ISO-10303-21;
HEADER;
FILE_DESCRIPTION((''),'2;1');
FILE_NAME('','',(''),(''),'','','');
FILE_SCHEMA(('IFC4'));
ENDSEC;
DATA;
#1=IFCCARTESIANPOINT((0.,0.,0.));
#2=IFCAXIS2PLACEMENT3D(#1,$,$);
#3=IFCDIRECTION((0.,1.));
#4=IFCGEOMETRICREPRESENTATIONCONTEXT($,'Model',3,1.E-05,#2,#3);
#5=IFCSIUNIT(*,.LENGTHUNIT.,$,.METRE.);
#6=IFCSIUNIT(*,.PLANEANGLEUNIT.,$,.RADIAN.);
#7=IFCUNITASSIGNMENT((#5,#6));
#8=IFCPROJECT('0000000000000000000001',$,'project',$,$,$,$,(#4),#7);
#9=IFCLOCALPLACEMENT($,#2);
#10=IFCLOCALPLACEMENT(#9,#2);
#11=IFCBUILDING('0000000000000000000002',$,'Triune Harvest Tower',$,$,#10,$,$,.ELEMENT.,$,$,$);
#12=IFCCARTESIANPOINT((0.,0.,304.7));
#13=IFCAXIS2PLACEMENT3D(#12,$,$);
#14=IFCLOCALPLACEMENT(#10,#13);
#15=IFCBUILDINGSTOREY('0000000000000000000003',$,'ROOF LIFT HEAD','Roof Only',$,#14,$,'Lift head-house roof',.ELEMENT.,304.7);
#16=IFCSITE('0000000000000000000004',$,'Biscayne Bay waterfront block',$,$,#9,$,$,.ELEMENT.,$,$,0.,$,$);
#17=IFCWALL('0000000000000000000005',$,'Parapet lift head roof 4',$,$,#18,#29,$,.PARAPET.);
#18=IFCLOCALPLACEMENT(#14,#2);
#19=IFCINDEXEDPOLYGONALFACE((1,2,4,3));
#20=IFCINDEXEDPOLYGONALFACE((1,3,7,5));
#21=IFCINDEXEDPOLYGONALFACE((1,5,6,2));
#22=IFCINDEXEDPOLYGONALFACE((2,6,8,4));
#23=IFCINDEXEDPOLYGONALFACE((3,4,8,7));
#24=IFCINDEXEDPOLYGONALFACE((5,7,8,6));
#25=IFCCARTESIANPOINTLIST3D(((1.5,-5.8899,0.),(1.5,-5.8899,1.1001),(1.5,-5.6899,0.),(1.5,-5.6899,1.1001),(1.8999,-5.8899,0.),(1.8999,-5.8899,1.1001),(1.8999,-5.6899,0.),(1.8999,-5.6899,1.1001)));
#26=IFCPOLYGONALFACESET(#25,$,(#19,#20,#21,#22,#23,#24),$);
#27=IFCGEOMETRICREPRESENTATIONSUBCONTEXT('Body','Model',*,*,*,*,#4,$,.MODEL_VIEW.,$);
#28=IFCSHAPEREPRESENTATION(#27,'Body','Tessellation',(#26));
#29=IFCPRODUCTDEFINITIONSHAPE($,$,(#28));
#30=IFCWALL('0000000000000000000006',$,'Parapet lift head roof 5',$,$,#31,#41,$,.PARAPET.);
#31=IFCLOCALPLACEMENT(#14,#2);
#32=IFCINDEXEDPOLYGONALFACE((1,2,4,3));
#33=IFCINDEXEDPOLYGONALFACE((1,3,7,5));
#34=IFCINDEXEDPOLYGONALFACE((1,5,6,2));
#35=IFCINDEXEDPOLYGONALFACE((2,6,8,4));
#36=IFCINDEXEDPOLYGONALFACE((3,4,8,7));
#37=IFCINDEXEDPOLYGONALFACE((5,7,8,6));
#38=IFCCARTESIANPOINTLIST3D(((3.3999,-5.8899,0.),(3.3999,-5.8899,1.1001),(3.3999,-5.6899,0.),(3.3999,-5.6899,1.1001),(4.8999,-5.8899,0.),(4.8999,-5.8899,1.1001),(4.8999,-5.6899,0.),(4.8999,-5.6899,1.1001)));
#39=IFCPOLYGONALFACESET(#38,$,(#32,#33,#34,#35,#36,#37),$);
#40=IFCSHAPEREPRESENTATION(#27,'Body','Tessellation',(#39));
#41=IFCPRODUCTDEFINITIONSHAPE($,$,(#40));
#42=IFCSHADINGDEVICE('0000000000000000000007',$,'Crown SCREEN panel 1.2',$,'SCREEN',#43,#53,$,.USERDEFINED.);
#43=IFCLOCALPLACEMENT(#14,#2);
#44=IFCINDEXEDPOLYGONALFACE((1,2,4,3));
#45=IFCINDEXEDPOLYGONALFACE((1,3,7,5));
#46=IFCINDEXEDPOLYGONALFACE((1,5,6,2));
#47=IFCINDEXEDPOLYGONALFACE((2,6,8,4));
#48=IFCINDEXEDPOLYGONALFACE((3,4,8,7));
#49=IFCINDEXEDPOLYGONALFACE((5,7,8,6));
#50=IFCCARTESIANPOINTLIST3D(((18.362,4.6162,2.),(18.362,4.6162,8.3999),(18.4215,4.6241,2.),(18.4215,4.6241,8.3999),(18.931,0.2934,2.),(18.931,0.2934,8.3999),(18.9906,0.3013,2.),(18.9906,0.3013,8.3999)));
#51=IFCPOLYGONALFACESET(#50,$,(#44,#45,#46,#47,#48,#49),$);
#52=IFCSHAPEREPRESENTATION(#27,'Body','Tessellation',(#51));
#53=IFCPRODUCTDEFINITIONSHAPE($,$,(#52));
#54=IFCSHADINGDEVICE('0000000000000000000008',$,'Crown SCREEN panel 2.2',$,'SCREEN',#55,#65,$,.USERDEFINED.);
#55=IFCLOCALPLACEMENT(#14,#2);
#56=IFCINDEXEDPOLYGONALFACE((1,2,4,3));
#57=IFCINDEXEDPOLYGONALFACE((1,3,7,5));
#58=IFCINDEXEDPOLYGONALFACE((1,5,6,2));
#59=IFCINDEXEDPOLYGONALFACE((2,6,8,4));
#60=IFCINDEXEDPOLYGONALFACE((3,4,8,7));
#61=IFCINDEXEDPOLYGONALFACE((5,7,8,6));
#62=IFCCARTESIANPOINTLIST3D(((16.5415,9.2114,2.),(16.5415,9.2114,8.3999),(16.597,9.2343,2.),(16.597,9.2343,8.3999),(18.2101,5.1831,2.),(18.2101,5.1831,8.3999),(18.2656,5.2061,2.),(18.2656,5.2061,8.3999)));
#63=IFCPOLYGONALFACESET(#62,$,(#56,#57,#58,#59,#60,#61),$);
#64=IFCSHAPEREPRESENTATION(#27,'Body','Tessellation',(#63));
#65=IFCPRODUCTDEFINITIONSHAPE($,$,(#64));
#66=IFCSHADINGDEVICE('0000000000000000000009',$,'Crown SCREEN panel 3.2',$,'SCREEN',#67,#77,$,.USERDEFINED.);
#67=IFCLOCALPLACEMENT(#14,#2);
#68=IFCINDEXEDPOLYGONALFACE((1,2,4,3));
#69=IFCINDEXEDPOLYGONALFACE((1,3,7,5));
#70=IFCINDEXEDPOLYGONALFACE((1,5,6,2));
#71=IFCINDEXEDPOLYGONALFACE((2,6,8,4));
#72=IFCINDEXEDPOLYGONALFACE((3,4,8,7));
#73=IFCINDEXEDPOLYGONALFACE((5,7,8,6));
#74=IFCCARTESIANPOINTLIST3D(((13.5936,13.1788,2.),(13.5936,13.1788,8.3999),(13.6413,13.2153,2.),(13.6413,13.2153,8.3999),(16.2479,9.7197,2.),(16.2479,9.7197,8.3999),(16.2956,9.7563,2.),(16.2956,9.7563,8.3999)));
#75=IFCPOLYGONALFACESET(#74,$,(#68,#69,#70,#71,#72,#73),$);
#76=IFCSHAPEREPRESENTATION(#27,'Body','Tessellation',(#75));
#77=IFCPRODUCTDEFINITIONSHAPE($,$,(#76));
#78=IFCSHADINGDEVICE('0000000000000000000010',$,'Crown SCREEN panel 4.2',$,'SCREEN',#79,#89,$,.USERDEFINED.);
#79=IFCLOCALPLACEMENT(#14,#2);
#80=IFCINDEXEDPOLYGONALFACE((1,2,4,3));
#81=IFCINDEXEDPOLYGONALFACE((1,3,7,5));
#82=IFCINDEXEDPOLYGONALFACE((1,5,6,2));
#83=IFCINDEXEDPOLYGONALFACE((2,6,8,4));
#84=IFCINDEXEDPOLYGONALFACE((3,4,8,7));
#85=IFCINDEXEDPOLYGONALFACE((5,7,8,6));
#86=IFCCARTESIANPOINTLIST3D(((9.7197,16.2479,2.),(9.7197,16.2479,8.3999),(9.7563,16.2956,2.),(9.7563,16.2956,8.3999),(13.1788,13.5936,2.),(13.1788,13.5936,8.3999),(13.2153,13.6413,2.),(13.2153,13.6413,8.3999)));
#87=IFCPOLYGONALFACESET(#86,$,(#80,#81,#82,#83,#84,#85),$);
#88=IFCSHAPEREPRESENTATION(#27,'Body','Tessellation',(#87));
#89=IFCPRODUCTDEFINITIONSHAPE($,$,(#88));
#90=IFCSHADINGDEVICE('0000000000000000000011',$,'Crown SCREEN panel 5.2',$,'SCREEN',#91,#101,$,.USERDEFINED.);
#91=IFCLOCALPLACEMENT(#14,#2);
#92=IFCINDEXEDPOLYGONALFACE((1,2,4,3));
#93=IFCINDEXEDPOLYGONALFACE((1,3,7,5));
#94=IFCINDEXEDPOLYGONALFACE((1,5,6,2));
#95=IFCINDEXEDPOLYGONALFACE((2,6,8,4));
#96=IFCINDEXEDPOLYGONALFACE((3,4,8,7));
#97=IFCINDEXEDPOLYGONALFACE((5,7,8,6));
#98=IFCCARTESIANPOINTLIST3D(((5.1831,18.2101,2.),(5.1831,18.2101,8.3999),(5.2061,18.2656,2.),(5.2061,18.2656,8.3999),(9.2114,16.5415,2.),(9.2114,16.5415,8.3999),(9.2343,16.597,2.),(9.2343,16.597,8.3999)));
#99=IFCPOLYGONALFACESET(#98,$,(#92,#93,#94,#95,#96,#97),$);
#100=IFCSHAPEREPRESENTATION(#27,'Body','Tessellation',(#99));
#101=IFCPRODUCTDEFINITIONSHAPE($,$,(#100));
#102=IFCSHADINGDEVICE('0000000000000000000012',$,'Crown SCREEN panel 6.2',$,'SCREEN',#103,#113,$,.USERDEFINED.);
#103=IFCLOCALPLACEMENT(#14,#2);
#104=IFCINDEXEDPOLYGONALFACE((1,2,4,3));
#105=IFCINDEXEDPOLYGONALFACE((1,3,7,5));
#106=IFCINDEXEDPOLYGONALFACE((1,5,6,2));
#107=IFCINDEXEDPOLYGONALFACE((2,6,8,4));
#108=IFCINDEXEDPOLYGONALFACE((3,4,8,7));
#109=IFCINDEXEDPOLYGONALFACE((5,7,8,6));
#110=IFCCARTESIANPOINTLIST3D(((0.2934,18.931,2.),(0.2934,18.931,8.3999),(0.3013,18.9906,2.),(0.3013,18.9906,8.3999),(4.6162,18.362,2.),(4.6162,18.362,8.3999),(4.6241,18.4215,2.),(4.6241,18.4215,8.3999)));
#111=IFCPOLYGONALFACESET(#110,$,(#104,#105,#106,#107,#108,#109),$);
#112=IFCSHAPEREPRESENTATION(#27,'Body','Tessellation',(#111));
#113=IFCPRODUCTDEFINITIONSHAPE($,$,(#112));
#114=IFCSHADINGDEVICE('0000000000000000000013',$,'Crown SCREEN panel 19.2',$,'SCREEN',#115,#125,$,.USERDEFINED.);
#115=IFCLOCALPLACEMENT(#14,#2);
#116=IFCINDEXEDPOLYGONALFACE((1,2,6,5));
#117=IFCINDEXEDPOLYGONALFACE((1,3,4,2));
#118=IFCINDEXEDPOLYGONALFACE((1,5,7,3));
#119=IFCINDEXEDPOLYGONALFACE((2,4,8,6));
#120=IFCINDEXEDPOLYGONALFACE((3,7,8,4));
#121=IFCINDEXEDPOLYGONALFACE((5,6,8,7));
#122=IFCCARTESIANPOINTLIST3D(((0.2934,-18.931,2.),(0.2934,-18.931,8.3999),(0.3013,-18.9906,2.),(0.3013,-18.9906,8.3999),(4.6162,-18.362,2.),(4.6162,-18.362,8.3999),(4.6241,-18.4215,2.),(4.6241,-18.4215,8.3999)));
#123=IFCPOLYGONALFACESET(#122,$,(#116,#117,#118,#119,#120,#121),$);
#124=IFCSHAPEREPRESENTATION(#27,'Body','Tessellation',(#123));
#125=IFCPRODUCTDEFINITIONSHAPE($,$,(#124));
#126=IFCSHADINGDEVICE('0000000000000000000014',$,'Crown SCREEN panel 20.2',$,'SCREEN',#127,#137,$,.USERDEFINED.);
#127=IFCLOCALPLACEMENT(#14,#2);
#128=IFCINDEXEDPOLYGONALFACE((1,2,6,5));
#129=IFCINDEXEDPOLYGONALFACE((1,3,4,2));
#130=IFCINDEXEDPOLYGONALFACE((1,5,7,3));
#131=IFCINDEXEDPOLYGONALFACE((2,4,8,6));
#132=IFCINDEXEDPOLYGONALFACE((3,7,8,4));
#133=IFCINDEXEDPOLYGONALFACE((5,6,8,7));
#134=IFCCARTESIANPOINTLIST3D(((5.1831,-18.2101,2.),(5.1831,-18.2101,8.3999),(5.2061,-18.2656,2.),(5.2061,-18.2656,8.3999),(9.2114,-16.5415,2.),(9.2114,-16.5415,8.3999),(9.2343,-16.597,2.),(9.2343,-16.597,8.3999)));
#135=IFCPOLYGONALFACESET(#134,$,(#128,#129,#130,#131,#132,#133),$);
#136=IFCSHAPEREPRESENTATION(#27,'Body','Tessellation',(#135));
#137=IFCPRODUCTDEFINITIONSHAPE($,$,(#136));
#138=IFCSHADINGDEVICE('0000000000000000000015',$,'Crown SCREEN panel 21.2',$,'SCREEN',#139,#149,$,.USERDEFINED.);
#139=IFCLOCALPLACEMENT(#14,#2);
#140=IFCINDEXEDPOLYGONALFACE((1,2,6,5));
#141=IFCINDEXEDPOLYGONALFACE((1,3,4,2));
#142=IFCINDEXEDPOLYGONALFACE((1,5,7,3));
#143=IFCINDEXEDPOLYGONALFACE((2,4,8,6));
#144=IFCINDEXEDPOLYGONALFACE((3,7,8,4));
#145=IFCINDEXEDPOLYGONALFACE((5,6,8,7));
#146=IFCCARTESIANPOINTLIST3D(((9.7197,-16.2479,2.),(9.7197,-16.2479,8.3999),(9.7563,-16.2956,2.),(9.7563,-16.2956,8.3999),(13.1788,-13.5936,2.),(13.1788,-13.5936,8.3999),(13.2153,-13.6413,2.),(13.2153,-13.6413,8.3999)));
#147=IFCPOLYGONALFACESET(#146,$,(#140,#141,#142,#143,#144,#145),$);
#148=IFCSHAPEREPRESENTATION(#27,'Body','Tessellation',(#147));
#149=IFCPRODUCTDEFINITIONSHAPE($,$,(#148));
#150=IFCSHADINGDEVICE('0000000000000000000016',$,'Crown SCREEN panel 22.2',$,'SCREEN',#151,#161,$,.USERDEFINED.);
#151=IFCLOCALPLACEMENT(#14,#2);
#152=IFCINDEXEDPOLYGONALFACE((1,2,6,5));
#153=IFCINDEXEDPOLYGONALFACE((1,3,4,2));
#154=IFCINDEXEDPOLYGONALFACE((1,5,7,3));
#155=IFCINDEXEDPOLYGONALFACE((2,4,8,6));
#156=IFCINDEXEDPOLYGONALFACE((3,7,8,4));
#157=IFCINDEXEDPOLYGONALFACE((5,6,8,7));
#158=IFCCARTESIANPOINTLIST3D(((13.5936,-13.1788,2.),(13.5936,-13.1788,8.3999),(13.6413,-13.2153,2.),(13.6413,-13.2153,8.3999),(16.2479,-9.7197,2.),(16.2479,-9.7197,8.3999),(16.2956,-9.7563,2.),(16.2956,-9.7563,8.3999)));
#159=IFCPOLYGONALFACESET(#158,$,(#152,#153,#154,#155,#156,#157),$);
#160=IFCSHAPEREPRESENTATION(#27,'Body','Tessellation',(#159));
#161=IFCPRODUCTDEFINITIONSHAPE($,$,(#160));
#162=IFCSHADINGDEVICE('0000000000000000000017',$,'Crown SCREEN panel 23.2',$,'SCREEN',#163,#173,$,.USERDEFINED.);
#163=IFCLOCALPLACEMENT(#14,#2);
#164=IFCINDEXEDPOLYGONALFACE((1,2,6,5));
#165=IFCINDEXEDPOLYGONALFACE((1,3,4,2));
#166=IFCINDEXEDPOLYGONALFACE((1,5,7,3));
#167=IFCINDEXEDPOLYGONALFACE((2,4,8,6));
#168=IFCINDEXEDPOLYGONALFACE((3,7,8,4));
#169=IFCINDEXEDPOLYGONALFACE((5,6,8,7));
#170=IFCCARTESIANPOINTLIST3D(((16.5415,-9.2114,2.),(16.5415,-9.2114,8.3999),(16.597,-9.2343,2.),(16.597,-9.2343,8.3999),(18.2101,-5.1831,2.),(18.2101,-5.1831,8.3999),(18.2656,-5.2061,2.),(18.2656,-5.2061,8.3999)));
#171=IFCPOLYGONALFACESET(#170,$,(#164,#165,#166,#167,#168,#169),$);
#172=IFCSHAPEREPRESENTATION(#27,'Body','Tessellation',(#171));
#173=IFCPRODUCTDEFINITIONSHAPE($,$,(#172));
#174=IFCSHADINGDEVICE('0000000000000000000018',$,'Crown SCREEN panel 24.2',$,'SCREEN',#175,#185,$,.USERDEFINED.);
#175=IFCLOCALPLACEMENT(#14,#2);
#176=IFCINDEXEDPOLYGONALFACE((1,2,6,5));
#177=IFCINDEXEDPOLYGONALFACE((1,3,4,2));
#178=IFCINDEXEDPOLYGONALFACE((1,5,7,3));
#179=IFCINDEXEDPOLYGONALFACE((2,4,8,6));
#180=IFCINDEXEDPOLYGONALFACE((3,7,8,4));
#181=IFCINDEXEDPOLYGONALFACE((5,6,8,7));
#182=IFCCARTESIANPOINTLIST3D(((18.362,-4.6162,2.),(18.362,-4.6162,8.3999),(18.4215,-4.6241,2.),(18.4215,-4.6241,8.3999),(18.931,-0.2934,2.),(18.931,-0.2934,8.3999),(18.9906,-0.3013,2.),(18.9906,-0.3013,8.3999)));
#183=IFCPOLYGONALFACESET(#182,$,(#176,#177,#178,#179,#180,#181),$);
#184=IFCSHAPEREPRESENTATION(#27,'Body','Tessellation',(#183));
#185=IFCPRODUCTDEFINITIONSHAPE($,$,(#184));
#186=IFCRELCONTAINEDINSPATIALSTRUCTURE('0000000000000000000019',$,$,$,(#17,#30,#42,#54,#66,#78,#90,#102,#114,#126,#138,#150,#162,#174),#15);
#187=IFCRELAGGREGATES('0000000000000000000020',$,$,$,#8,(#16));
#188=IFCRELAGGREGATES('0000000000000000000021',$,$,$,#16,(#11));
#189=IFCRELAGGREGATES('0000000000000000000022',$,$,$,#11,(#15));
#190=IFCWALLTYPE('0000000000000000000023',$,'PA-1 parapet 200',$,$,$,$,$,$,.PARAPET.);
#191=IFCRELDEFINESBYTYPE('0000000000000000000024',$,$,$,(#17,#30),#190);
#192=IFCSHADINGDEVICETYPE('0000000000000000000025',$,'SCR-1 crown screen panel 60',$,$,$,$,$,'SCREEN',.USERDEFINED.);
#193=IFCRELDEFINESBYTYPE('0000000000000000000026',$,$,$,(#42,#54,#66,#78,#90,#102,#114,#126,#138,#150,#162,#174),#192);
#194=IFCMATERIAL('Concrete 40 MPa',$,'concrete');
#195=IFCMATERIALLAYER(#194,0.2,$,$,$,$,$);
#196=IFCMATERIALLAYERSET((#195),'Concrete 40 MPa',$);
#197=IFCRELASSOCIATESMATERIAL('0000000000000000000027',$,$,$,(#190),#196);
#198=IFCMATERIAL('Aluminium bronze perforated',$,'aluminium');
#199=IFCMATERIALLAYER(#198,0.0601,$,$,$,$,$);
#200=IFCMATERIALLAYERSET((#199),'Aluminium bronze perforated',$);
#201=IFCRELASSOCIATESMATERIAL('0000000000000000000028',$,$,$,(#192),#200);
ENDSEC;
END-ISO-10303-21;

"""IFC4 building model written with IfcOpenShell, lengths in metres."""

from ifc_helpers import new_model, si_unit, direction, frame, origin, origin_2d, place, context, subcontext, project, spatial, polyline, rectangle, outline, extrude, source, transform, mapped, material, layer, layer_set, type_object, element, save


model = new_model("IFC4")

# Units and contexts
model_context = context("Model", 3, precision=1e-05, world=origin(), true_north=direction((0.0, 1.0)))
body_context = subcontext(model_context, "Body", "Model", "MODEL_VIEW")
ifc_project = project(units=[si_unit("LENGTHUNIT", "METRE"), si_unit("PLANEANGLEUNIT", "RADIAN")], contexts=[model_context])

# Site, building, storey
site_placement = place(None, origin())
site = spatial("IfcSite", under=ifc_project, at=site_placement, Name="Biscayne Bay waterfront block", CompositionType="ELEMENT", RefElevation=0.0)
building_placement = place(site_placement, origin())
building = spatial("IfcBuilding", under=site, at=building_placement, Name="Triune Harvest Tower", CompositionType="ELEMENT")
storey_placement = place(building_placement, frame((0.0, 0.0, 304.7)))
storey = spatial("IfcBuildingStorey", under=building, at=storey_placement, Name="ROOF LIFT HEAD", Description="Roof Only", LongName="Lift head-house roof", CompositionType="ELEMENT", Elevation=304.7)

# Walls
ifc_material_1 = material(Name="Concrete 40 MPa", Category="concrete")
ifc_layer_1 = layer(ifc_material_1, 0.2)
ifc_layer_set_1 = layer_set([ifc_layer_1], Name="Concrete 40 MPa")
wall_type = type_object("IfcWallType", Name="PA-1 parapet 200", PredefinedType="PARAPET", material=ifc_layer_set_1)
wall_1_placement = place(storey_placement, origin())
element("IfcWall", 1, at=wall_1_placement, inside=storey, type_object=wall_type, Name="Parapet lift head roof 4", PredefinedType="PARAPET", context=body_context, shape_type="SweptSolid", body=[
    extrude(outline(polyline([(1.5, -5.8899), (1.8999, -5.8899), (1.8999, -5.6899), (1.5, -5.6899), (1.5, -5.8899)])), origin(), (0.0, 0.0, 1.0), 1.1001),
])
wall_2_placement = place(storey_placement, origin())
element("IfcWall", 2, at=wall_2_placement, inside=storey, type_object=wall_type, Name="Parapet lift head roof 5", PredefinedType="PARAPET", context=body_context, shape_type="SweptSolid", body=[
    extrude(outline(polyline([(3.3999, -5.8899), (4.8999, -5.8899), (4.8999, -5.6899), (3.3999, -5.6899), (3.3999, -5.8899)])), origin(), (0.0, 0.0, 1.0), 1.1001),
])

# Shading devices
ifc_material_2 = material(Name="Aluminium bronze perforated", Category="aluminium")
ifc_layer_2 = layer(ifc_material_2, 0.0601)
ifc_layer_set_2 = layer_set([ifc_layer_2], Name="Aluminium bronze perforated")
shading_device_type = type_object("IfcShadingDeviceType", Name="SCR-1 crown screen panel 60", ElementType="SCREEN", PredefinedType="USERDEFINED", material=ifc_layer_set_2)
shared_shape_1 = source(origin(), body_context, "Body", "SweptSolid", [
    extrude(rectangle(XDim=4.3601, YDim=0.0601, at=origin_2d()), origin(), (0.0, 0.0, 1.0), 6.3999),
])
for number, where, z_axis, x_axis, name in (
    (3, (18.6763, 2.4587, 2.0), (0.0, 0.0, 1.0), (-0.130523, 0.991445, 0.0), "Crown SCREEN panel 1.2"),
    (4, (17.4036, 7.2087, 2.0), (0.0, 0.0, 1.0), (-0.382685, 0.923879, 0.0), "Crown SCREEN panel 2.2"),
    (5, (14.9446, 11.4675, 2.0), (0.0, 0.0, 1.0), (-0.60877, 0.793347, 0.0), "Crown SCREEN panel 3.2"),
    (6, (11.4675, 14.9446, 2.0), (0.0, 0.0, 1.0), (-0.793347, 0.60877, 0.0), "Crown SCREEN panel 4.2"),
    (7, (7.2087, 17.4036, 2.0), (0.0, 0.0, 1.0), (-0.923879, 0.382685, 0.0), "Crown SCREEN panel 5.2"),
    (8, (2.4587, 18.6763, 2.0), (0.0, 0.0, 1.0), (-0.991445, 0.130523, 0.0), "Crown SCREEN panel 6.2"),
    (9, (2.4587, -18.6763, 2.0), (0.0, 0.0, 1.0), (0.991445, 0.130523, 0.0), "Crown SCREEN panel 19.2"),
    (10, (7.2087, -17.4036, 2.0), (0.0, 0.0, 1.0), (0.923879, 0.382685, 0.0), "Crown SCREEN panel 20.2"),
    (11, (11.4675, -14.9446, 2.0), (0.0, 0.0, 1.0), (0.793347, 0.60877, 0.0), "Crown SCREEN panel 21.2"),
    (12, (14.9446, -11.4675, 2.0), (0.0, 0.0, 1.0), (0.60877, 0.793347, 0.0), "Crown SCREEN panel 22.2"),
    (13, (17.4036, -7.2087, 2.0), (0.0, 0.0, 1.0), (0.382685, 0.923879, 0.0), "Crown SCREEN panel 23.2"),
    (14, (18.6763, -2.4587, 2.0), (0.0, 0.0, 1.0), (0.130523, 0.991445, 0.0), "Crown SCREEN panel 24.2"),
):
    element("IfcShadingDevice", number, at=place(storey_placement, frame(where, z_axis=z_axis, x_axis=x_axis)), inside=storey, type_object=shading_device_type, Name=name, ObjectType="SCREEN", PredefinedType="USERDEFINED", context=body_context, shape_type="MappedRepresentation", body=[
        mapped(shared_shape_1, transform((0.0, 0.0, 0.0), scale=1.0)),
    ])

save(model, "model.ifc")
